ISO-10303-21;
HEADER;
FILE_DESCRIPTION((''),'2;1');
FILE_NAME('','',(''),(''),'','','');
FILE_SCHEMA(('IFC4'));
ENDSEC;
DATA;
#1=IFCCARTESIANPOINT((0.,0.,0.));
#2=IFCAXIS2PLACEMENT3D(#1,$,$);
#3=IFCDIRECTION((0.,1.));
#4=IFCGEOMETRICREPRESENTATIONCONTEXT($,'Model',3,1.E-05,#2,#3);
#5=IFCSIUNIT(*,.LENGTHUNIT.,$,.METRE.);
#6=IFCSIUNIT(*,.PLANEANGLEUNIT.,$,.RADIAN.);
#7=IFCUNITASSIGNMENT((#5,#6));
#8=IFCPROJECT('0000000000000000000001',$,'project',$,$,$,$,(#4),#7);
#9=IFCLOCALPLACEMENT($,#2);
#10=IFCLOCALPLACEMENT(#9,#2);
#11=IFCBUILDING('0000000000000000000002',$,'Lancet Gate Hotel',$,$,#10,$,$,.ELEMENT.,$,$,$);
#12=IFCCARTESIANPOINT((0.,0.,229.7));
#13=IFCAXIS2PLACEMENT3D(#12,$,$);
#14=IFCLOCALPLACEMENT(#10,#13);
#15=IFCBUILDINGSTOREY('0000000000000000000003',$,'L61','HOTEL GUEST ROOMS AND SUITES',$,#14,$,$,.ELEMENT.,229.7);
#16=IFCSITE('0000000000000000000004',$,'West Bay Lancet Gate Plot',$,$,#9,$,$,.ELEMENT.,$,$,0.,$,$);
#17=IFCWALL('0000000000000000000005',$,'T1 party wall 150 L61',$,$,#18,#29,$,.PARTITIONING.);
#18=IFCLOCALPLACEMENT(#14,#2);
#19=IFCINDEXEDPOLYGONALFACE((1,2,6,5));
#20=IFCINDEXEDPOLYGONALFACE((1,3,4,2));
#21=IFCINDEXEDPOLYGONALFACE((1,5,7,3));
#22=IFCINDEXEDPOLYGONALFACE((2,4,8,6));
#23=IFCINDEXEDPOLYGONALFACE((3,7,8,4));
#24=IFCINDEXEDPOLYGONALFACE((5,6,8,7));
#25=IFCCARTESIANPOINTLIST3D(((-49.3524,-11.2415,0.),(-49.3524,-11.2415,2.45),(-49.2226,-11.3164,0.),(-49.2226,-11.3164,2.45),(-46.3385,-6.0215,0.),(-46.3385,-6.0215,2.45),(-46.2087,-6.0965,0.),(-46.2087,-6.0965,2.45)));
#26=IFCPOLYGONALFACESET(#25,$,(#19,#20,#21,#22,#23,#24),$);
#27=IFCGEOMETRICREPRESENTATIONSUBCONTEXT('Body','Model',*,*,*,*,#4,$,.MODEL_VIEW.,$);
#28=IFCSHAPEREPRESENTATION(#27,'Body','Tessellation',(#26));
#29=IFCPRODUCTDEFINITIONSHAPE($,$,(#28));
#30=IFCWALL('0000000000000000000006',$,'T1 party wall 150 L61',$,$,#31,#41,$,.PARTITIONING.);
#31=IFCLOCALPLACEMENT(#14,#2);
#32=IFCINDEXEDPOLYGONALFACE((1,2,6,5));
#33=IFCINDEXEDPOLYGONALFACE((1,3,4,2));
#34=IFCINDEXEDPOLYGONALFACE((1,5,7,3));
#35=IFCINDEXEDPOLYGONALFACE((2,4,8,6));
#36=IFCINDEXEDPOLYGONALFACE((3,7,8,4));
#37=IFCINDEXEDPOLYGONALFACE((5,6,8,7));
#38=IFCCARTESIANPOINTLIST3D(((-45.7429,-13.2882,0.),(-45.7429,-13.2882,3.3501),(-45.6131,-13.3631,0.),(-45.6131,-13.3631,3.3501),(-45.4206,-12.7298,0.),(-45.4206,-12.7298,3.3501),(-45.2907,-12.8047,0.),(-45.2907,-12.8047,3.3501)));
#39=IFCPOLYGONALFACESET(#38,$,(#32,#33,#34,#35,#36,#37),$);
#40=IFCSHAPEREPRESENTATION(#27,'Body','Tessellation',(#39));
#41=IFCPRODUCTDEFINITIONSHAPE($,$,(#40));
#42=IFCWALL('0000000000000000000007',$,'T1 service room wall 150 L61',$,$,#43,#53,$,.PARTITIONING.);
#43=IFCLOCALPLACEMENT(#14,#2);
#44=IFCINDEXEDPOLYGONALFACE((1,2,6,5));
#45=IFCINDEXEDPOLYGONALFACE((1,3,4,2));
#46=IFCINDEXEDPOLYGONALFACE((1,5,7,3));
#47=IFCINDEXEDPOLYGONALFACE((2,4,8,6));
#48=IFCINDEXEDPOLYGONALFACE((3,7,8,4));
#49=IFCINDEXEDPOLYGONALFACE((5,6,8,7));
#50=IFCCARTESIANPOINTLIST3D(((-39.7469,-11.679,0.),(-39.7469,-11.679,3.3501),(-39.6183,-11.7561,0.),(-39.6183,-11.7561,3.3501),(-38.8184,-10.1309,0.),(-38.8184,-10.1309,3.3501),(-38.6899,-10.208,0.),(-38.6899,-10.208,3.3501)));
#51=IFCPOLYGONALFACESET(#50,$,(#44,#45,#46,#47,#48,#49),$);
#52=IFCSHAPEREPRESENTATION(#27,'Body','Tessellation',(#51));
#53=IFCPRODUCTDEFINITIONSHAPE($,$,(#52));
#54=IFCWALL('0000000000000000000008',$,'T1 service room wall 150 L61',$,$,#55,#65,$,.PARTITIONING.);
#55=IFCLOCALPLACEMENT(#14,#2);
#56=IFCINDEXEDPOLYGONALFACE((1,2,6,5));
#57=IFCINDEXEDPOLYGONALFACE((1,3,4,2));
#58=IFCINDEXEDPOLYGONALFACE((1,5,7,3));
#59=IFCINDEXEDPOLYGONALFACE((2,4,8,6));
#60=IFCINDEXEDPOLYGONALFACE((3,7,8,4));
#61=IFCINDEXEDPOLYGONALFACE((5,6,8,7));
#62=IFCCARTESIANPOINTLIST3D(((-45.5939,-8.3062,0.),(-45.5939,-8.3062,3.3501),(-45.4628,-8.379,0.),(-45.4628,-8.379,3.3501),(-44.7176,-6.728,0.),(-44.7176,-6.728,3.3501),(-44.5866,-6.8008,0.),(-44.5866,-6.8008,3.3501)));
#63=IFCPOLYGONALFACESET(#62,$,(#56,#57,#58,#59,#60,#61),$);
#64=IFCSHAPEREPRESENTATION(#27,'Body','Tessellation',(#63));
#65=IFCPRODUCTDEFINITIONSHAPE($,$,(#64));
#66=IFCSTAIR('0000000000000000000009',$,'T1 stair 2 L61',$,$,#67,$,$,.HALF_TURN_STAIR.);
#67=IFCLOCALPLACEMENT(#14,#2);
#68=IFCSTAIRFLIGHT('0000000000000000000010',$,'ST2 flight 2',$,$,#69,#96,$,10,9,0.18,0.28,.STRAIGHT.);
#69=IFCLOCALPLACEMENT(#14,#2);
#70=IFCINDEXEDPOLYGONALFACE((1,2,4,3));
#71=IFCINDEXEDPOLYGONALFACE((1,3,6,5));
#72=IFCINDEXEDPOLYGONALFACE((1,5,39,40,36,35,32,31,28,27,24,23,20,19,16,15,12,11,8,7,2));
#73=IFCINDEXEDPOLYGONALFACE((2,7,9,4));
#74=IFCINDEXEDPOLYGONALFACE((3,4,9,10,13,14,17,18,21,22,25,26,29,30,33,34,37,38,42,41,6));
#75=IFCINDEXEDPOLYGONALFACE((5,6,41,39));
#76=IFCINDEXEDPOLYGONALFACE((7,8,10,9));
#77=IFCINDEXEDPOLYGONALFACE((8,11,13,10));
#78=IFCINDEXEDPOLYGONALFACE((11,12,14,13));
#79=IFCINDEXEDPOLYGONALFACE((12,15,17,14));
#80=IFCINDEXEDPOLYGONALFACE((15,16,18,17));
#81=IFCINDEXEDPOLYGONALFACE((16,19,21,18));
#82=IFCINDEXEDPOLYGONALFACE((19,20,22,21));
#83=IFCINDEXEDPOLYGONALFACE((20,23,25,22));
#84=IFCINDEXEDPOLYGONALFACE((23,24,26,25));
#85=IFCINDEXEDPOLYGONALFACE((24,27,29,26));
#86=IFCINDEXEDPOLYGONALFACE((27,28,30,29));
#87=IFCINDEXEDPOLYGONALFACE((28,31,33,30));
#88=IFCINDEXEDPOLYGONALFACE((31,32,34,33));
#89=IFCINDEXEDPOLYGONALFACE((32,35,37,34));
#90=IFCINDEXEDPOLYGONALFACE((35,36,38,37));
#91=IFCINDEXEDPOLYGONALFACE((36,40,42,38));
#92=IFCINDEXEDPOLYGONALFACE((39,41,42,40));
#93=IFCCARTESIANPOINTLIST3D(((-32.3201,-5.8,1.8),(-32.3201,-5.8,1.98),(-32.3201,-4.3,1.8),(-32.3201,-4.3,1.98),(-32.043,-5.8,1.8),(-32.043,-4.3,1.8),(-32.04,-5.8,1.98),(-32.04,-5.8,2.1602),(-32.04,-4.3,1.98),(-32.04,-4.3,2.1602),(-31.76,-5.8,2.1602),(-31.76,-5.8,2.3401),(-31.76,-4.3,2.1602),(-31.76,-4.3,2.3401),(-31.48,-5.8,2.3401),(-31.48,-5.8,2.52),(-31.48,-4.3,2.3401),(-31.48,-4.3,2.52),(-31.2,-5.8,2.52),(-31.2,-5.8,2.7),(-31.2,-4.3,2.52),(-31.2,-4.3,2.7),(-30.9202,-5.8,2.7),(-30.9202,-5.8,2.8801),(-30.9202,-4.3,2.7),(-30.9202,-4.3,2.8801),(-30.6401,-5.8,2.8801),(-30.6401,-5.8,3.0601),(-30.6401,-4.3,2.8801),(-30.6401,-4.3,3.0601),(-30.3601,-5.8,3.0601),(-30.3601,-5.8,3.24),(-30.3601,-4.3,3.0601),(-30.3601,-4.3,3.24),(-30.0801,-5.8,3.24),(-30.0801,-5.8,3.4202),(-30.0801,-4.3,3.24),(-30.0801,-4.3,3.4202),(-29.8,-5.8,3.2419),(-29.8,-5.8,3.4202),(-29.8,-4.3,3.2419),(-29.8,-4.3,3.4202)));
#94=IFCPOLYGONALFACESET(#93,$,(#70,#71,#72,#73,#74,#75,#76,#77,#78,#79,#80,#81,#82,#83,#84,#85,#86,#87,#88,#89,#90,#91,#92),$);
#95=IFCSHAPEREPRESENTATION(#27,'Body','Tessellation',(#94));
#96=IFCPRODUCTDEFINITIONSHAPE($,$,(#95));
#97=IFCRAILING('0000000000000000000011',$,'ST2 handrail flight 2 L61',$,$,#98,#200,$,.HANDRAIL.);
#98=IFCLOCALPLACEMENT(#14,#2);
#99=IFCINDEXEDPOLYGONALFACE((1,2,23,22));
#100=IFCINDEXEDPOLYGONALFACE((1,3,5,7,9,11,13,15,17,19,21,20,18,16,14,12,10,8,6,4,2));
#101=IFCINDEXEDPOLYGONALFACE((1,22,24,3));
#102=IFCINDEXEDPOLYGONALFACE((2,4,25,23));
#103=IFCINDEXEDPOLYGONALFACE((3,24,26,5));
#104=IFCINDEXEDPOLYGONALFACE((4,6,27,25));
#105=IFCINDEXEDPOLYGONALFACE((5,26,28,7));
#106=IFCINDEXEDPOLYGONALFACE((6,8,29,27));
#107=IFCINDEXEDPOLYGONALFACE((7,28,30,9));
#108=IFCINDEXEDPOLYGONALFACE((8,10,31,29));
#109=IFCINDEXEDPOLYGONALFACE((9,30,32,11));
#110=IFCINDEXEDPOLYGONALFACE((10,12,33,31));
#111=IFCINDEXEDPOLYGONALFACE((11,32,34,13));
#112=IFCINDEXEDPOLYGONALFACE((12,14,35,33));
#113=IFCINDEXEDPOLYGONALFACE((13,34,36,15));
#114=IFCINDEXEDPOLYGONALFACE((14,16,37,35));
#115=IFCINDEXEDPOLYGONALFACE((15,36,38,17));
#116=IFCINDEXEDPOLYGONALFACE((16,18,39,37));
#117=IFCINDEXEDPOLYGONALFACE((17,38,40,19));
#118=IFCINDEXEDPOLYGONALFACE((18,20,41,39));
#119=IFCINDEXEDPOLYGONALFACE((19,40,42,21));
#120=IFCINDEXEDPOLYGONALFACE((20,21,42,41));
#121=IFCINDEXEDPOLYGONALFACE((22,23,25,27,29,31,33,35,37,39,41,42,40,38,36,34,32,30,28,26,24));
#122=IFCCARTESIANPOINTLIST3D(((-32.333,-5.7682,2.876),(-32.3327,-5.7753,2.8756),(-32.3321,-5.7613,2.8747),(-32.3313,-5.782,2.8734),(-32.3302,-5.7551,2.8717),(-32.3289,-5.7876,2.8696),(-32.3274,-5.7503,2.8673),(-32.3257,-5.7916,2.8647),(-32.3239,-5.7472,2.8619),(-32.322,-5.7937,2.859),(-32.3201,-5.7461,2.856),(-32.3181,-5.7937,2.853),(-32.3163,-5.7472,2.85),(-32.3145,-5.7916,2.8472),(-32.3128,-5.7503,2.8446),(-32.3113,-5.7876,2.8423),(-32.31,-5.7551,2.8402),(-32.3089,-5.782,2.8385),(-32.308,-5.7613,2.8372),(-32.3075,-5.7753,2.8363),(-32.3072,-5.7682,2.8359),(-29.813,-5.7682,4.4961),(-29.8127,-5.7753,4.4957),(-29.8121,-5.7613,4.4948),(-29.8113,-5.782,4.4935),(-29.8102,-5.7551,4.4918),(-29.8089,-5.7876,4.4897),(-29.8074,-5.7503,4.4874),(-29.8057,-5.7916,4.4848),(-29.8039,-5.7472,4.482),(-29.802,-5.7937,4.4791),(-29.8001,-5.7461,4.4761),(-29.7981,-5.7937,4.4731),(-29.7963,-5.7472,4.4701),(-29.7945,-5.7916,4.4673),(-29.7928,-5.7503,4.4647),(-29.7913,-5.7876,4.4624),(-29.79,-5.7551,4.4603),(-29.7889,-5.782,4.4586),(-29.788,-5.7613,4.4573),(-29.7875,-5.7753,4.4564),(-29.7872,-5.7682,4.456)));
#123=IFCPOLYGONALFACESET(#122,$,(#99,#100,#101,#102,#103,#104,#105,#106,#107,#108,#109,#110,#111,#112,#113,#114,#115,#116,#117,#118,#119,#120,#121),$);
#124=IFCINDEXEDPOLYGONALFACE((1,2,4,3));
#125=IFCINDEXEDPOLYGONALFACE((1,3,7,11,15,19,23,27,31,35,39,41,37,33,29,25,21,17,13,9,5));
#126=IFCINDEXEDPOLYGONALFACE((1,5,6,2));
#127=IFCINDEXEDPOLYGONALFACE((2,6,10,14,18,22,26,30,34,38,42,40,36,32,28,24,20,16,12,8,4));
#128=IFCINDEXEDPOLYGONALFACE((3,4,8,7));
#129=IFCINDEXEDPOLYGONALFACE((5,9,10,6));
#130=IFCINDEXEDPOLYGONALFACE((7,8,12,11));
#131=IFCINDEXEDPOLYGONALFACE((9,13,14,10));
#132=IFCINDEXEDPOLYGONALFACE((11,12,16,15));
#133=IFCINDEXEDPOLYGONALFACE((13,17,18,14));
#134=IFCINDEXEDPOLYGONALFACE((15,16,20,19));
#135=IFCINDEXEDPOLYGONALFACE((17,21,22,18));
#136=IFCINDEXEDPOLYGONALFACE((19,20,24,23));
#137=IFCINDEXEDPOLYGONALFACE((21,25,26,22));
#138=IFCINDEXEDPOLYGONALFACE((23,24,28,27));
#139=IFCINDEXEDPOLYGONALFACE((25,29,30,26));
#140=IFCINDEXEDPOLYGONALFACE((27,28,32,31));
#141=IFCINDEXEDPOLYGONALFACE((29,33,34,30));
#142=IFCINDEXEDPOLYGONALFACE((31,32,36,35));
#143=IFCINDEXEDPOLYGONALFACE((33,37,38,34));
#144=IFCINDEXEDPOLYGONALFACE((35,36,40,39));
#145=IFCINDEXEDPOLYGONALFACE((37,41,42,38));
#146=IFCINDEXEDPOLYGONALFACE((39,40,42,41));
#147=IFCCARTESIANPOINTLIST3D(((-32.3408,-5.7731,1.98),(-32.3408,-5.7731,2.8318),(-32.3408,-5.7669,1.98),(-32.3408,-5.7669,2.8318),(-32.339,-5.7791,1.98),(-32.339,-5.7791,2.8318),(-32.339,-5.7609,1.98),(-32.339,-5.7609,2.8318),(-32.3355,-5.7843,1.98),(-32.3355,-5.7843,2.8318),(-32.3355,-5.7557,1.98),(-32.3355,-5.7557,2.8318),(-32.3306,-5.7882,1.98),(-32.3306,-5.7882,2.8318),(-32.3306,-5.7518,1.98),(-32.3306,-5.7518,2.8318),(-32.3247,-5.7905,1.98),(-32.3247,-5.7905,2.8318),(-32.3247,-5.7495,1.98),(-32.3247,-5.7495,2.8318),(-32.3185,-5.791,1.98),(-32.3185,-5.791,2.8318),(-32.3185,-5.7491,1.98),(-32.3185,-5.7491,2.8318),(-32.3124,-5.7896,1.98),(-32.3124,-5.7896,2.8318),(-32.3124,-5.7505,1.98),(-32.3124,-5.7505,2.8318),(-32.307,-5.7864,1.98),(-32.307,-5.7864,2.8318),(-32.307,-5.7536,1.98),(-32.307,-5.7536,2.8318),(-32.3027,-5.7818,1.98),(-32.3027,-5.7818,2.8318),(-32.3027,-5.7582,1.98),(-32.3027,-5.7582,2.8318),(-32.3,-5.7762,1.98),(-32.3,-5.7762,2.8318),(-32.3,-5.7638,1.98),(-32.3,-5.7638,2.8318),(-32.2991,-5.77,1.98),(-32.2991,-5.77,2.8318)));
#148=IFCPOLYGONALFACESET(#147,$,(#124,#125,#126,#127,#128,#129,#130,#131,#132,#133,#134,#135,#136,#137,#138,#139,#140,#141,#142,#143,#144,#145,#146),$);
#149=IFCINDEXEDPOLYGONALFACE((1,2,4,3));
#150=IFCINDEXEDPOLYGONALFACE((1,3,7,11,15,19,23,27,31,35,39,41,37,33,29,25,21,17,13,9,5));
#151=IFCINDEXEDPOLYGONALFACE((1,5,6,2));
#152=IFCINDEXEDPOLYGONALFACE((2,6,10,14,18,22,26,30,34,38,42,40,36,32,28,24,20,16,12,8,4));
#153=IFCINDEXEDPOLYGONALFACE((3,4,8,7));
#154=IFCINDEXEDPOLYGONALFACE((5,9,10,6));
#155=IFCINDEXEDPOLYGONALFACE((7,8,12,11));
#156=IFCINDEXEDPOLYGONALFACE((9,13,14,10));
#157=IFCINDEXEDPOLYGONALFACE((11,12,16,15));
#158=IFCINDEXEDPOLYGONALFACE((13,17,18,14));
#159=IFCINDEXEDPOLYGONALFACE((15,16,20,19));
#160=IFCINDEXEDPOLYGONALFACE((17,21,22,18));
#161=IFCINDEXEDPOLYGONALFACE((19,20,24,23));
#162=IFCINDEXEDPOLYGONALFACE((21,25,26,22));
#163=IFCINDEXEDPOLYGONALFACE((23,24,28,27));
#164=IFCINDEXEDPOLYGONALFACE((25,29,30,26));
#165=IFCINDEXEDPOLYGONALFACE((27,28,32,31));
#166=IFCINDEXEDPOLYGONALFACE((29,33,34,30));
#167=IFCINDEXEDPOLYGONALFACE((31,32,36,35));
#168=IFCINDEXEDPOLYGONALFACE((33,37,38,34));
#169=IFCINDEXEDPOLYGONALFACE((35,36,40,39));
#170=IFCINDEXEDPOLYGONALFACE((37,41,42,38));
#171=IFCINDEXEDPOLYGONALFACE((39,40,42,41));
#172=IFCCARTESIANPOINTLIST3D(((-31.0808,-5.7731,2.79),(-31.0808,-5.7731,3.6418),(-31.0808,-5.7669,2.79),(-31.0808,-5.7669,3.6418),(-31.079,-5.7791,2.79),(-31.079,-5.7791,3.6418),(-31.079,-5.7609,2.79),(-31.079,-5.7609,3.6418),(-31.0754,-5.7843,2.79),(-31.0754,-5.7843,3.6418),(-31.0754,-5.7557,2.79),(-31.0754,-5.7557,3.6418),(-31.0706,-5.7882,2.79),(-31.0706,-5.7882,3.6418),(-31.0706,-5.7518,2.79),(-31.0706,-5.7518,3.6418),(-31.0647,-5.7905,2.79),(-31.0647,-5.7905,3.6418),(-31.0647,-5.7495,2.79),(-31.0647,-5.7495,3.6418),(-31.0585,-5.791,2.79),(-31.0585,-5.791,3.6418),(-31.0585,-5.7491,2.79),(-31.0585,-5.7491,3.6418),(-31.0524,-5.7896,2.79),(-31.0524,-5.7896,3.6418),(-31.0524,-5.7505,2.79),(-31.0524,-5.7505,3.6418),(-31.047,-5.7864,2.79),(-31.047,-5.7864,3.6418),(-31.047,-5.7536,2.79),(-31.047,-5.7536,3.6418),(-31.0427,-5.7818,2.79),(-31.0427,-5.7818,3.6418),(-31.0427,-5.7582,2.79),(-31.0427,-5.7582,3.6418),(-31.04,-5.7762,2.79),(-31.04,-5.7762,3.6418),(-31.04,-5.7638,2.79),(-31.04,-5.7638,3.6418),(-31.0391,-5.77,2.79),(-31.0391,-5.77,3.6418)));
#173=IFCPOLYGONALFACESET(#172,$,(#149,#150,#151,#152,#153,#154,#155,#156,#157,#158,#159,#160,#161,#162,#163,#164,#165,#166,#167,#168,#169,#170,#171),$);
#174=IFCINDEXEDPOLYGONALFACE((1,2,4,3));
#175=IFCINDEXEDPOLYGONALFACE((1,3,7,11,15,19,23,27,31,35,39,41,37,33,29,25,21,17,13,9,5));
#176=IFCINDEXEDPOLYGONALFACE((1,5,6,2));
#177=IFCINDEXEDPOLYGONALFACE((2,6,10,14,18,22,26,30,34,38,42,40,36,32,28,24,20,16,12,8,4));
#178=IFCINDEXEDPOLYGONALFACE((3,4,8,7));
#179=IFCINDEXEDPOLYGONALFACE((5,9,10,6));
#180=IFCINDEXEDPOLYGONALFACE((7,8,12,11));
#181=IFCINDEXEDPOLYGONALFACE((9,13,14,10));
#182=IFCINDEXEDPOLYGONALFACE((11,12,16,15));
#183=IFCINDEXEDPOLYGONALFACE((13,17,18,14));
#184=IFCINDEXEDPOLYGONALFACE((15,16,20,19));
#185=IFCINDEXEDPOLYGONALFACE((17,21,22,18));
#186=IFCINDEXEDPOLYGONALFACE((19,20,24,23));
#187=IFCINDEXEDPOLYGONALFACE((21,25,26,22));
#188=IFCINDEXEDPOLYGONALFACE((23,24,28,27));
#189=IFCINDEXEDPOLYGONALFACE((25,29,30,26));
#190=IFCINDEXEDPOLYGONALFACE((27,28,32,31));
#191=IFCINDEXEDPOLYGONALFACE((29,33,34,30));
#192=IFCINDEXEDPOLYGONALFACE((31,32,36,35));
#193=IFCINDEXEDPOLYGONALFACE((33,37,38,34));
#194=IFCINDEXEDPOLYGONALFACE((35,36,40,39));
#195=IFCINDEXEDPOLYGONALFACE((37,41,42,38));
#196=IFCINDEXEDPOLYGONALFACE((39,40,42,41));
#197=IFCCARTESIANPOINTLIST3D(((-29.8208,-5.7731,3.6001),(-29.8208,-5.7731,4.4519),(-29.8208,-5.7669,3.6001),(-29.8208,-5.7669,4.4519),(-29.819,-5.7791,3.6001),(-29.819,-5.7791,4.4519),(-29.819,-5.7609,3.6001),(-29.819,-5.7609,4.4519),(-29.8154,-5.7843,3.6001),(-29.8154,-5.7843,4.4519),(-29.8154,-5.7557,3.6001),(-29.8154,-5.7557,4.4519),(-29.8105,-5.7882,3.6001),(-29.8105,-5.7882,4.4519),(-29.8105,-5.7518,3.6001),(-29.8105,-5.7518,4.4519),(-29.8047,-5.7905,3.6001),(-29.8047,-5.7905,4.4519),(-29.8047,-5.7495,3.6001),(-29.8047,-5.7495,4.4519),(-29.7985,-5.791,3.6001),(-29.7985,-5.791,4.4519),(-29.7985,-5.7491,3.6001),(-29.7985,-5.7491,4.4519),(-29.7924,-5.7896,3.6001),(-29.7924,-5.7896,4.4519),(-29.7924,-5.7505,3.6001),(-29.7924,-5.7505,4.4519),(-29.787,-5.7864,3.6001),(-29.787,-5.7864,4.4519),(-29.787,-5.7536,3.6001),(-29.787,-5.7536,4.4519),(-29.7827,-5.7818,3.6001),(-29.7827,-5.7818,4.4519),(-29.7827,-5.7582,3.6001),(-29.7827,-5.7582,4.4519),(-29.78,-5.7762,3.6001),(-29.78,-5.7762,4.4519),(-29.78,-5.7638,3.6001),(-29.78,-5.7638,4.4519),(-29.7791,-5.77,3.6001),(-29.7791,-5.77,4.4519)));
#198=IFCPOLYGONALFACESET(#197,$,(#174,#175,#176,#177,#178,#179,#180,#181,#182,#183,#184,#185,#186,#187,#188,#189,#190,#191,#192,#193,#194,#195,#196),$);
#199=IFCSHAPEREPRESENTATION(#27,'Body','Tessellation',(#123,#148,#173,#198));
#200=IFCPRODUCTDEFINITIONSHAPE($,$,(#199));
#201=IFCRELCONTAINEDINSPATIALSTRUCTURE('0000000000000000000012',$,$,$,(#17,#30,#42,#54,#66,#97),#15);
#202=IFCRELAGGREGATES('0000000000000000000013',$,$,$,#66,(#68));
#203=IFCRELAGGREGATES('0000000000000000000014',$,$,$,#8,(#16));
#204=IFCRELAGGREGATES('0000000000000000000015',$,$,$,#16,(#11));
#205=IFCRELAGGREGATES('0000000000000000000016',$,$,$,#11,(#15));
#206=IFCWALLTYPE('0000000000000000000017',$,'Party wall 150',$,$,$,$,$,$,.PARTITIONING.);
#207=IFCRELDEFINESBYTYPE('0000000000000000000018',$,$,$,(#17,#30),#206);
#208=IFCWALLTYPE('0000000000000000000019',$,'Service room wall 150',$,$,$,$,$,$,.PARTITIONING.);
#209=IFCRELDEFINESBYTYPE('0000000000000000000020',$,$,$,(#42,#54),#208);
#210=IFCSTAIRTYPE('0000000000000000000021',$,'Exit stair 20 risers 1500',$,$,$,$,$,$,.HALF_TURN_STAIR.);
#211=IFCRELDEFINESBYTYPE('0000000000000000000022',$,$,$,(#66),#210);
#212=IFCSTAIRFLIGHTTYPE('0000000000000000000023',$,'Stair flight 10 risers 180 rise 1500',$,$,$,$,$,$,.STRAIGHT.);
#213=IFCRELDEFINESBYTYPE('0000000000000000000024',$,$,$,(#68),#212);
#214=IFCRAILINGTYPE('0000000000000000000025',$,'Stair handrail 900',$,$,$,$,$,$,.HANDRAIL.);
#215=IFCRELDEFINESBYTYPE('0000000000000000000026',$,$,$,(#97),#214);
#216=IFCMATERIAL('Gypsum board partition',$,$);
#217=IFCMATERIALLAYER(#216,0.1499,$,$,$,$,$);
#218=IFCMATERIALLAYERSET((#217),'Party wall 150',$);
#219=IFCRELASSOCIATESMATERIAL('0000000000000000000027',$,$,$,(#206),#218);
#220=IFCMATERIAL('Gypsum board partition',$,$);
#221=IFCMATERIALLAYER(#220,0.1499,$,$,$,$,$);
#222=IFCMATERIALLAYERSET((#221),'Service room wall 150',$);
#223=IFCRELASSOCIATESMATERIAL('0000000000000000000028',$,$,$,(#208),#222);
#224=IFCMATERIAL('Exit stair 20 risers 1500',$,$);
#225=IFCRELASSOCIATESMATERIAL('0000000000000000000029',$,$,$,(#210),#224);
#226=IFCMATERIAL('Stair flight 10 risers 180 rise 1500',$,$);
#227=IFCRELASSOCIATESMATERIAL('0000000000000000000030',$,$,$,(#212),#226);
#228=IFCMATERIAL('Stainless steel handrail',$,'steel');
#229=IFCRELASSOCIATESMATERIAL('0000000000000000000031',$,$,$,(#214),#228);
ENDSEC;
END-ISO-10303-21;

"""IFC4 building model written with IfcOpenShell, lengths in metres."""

from ifc_helpers import new_model, si_unit, direction, frame, frame_2d, origin, origin_2d, place, context, subcontext, project, spatial, polyline, rectangle, circle, outline, extrude, material, layer, layer_set, type_object, element, aggregate, save


model = new_model("IFC4")

# Units and contexts
model_context = context("Model", 3, precision=1e-05, world=origin(), true_north=direction((0.0, 1.0)))
body_context = subcontext(model_context, "Body", "Model", "MODEL_VIEW")
ifc_project = project(units=[si_unit("LENGTHUNIT", "METRE"), si_unit("PLANEANGLEUNIT", "RADIAN")], contexts=[model_context])

# Site, building, storey
site_placement = place(None, origin())
site = spatial("IfcSite", under=ifc_project, at=site_placement, Name="West Bay Lancet Gate Plot", CompositionType="ELEMENT", RefElevation=0.0)
building_placement = place(site_placement, origin())
building = spatial("IfcBuilding", under=site, at=building_placement, Name="Lancet Gate Hotel", CompositionType="ELEMENT")
storey_placement = place(building_placement, frame((0.0, 0.0, 229.7)))
storey = spatial("IfcBuildingStorey", under=building, at=storey_placement, Name="L61", Description="HOTEL GUEST ROOMS AND SUITES", CompositionType="ELEMENT", Elevation=229.7)

# Walls
ifc_material_1 = material(Name="Gypsum board partition")
ifc_layer_1 = layer(ifc_material_1, 0.1499)
ifc_layer_set_1 = layer_set([ifc_layer_1], Name="Party wall 150")
wall_type_1 = type_object("IfcWallType", Name="Party wall 150", PredefinedType="PARTITIONING", material=ifc_layer_set_1)
wall_1_placement = place(storey_placement, frame((-46.2737, -6.0591, 0.0), z_axis=(0.0, 0.0, 1.0), x_axis=(-0.50002, -0.866014, 0.0)))
element("IfcWall", 1, at=wall_1_placement, inside=storey, type_object=wall_type_1, Name="T1 party wall 150 L61", PredefinedType="PARTITIONING", context=body_context, shape_type="SweptSolid", body=[
    extrude(rectangle(XDim=6.0276, YDim=0.1499, at=frame_2d((3.0137, 0.0))), origin(), (0.0, 0.0, 1.0), 2.45),
])
wall_2_placement = place(storey_placement, frame((-45.3557, -12.7673, 0.0), z_axis=(0.0, 0.0, 1.0), x_axis=(-0.499886, -0.866091, 0.0)))
element("IfcWall", 2, at=wall_2_placement, inside=storey, type_object=wall_type_1, Name="T1 party wall 150 L61", PredefinedType="PARTITIONING", context=body_context, shape_type="SweptSolid", body=[
    extrude(rectangle(XDim=0.6448, YDim=0.1499, at=frame_2d((0.3223, 0.0))), origin(), (0.0, 0.0, 1.0), 3.3501),
])
ifc_material_2 = material(Name="Gypsum board partition")
ifc_layer_2 = layer(ifc_material_2, 0.1499)
ifc_layer_set_2 = layer_set([ifc_layer_2], Name="Service room wall 150")
wall_type_2 = type_object("IfcWallType", Name="Service room wall 150", PredefinedType="PARTITIONING", material=ifc_layer_set_2)
for number, where, z_axis, x_axis, name in (
    (3, (-39.6826, -11.7175, 0.0), (0.0, 0.0, 1.0), (0.514337, 0.857588, 0.0), "T1 service room wall 150 L61"),
    (4, (-44.6521, -6.7644, 0.0), (0.0, 0.0, 1.0), (-0.485425, -0.874278, 0.0), "T1 service room wall 150 L61"),
):
    element("IfcWall", number, at=place(storey_placement, frame(where, z_axis=z_axis, x_axis=x_axis)), inside=storey, type_object=wall_type_2, Name=name, PredefinedType="PARTITIONING", context=body_context, shape_type="SweptSolid", body=[
        extrude(rectangle(XDim=1.8052, YDim=0.1499, at=frame_2d((0.9026, 0.0))), origin(), (0.0, 0.0, 1.0), 3.3501),
    ])

# Stair, stair flight
ifc_material_3 = material(Name="Exit stair 20 risers 1500")
stair_type = type_object("IfcStairType", Name="Exit stair 20 risers 1500", PredefinedType="HALF_TURN_STAIR", material=ifc_material_3)
stair_placement = place(storey_placement, origin())
stair = element("IfcStair", 5, at=stair_placement, inside=storey, type_object=stair_type, Name="T1 stair 2 L61", PredefinedType="HALF_TURN_STAIR")
ifc_material_4 = material(Name="Stair flight 10 risers 180 rise 1500")
stair_flight_type = type_object("IfcStairFlightType", Name="Stair flight 10 risers 180 rise 1500", PredefinedType="STRAIGHT", material=ifc_material_4)
stair_flight_placement = place(storey_placement, frame((-32.3201, -5.05, 1.8), z_axis=(0.0, 0.0, 1.0), x_axis=(1.0, 0.0, 0.0)))
stair_flight = element("IfcStairFlight", 6, at=stair_flight_placement, type_object=stair_flight_type, Name="ST2 flight 2", NumberOfRisers=10, NumberOfTreads=9, PredefinedType="STRAIGHT", RiserHeight=0.18, TreadLength=0.28, context=body_context, shape_type="SweptSolid", body=[
    extrude(outline(polyline([(0.0, 0.0), (0.0, 0.1799), (0.28, 0.1799), (0.28, 0.3601), (0.5601, 0.3601), (0.5601, 0.54), (0.8401, 0.54), (0.8401, 0.72), (1.1201, 0.72), (1.1201, 0.8999), (1.3999, 0.8999), (1.3999, 1.0801), (1.6799, 1.0801), (1.6799, 1.26), (1.96, 1.26), (1.96, 1.4399), (2.24, 1.4399), (2.24, 1.6201), (2.52, 1.6201), (2.52, 1.8), (2.52, 1.4419), (0.2771, 0.0), (0.0, 0.0)])), frame((0.0, 0.75, 0.0), z_axis=(0.0, -1.0, 0.0), x_axis=(1.0, 0.0, 0.0)), (0.0, 0.0, 1.0), 1.5),
])
aggregate(stair, [stair_flight])

# Railing
ifc_material_5 = material(Name="Stainless steel handrail", Category="steel")
railing_type = type_object("IfcRailingType", Name="Stair handrail 900", PredefinedType="HANDRAIL", material=ifc_material_5)
railing_placement = place(storey_placement, frame((-32.3201, -5.77, 1.98)))
element("IfcRailing", 7, at=railing_placement, inside=storey, type_object=railing_type, Name="ST2 handrail flight 2 L61", PredefinedType="HANDRAIL", context=body_context, shape_type="SweptSolid", body=[
    extrude(circle(Radius=0.0239, at=origin_2d()), frame((0.0, 0.0, 0.876), z_axis=(0.841163, 0.0, 0.540782), x_axis=(0.0, 1.0, 0.0)), (0.0, 0.0, 1.0), 2.9958),
    extrude(circle(Radius=0.021, at=origin_2d()), origin(), (0.0, 0.0, 1.0), 0.8518),
    extrude(circle(Radius=0.021, at=origin_2d()), frame((1.26, 0.0, 0.8101)), (0.0, 0.0, 1.0), 0.8518),
    extrude(circle(Radius=0.021, at=origin_2d()), frame((2.52, 0.0, 1.6201)), (0.0, 0.0, 1.0), 0.8518),
])

save(model, "model.ifc")
